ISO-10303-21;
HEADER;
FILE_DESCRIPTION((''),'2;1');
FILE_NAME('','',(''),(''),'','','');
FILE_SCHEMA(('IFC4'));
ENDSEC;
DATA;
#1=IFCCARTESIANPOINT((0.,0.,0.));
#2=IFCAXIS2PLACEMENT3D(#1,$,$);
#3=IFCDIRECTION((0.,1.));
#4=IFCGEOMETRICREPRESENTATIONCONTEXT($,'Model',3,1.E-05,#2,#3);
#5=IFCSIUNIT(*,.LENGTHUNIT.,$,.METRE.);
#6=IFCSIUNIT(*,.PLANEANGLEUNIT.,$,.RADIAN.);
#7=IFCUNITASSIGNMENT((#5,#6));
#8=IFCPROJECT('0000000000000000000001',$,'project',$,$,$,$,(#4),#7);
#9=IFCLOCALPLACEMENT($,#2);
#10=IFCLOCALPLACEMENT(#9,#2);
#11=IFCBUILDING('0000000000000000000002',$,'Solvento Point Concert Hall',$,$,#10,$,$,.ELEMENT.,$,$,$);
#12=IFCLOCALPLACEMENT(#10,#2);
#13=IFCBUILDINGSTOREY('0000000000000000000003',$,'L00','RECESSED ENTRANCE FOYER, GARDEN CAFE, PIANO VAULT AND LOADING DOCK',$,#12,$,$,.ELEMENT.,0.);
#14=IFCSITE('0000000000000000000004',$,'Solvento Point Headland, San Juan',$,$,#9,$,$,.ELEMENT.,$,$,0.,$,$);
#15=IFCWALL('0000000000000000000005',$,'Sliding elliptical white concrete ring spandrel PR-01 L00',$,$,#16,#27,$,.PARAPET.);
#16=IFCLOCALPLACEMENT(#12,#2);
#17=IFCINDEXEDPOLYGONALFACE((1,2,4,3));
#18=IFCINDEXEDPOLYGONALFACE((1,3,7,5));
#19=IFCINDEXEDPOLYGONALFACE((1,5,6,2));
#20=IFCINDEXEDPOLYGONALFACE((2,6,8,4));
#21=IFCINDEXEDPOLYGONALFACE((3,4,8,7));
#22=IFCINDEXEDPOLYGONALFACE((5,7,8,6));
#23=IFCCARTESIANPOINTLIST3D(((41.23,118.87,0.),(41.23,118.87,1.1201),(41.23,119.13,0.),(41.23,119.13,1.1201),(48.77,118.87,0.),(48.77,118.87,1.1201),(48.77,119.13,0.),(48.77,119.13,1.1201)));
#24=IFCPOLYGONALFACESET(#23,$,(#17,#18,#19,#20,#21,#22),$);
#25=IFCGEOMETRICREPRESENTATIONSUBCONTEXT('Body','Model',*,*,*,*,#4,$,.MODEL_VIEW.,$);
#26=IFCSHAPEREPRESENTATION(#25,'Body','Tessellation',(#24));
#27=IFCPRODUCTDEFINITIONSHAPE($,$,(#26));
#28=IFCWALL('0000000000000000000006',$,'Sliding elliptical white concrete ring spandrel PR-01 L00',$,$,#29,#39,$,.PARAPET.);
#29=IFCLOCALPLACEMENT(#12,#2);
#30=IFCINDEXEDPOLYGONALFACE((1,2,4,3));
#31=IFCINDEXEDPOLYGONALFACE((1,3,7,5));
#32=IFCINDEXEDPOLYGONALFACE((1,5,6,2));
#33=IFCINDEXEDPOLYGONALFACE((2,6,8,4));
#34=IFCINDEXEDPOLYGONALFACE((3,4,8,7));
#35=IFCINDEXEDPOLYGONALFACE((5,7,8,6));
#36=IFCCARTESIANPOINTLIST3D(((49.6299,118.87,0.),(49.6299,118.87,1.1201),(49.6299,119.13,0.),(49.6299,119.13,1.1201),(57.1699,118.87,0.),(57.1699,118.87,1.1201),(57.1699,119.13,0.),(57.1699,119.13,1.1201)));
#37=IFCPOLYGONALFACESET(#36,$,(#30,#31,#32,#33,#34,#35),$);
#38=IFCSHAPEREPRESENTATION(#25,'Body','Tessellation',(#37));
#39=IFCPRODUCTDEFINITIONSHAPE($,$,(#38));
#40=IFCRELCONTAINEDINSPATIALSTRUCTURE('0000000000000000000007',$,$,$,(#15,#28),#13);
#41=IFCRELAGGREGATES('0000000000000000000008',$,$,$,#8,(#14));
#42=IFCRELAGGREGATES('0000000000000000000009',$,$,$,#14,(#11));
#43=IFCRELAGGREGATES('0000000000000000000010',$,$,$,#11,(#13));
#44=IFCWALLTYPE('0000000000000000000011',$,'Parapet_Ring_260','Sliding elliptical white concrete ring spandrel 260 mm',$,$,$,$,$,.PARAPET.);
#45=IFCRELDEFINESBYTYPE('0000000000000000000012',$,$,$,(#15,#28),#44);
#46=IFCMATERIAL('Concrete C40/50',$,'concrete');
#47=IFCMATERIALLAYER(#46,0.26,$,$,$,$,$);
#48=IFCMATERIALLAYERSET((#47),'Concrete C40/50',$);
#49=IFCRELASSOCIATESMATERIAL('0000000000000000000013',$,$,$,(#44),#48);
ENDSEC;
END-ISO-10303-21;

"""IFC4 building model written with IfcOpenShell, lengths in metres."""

from ifc_helpers import new_model, si_unit, direction, frame, frame_2d, origin, place, context, subcontext, project, spatial, rectangle, extrude, material, layer, layer_set, type_object, element, save


model = new_model("IFC4")

# Units and contexts
model_context = context("Model", 3, precision=1e-05, world=origin(), true_north=direction((0.0, 1.0)))
body_context = subcontext(model_context, "Body", "Model", "MODEL_VIEW")
ifc_project = project(units=[si_unit("LENGTHUNIT", "METRE"), si_unit("PLANEANGLEUNIT", "RADIAN")], contexts=[model_context])

# Site, building, storey
site_placement = place(None, origin())
site = spatial("IfcSite", under=ifc_project, at=site_placement, Name="Solvento Point Headland, San Juan", CompositionType="ELEMENT", RefElevation=0.0)
building_placement = place(site_placement, origin())
building = spatial("IfcBuilding", under=site, at=building_placement, Name="Solvento Point Concert Hall", CompositionType="ELEMENT")
storey_placement = place(building_placement, origin())
storey = spatial("IfcBuildingStorey", under=building, at=storey_placement, Name="L00", Description="RECESSED ENTRANCE FOYER, GARDEN CAFE, PIANO VAULT AND LOADING DOCK", CompositionType="ELEMENT", Elevation=0.0)

# Walls
ifc_material_1 = material(Name="Concrete C40/50", Category="concrete")
ifc_layer = layer(ifc_material_1, 0.26)
ifc_layer_set = layer_set([ifc_layer], Name="Concrete C40/50")
wall_type = type_object("IfcWallType", Name="Parapet_Ring_260", Description="Sliding elliptical white concrete ring spandrel 260 mm", PredefinedType="PARAPET", material=ifc_layer_set)
for number, where, z_axis, x_axis, name in (
    (1, (48.77, 119.0, 0.0), (0.0, 0.0, 1.0), (-1.0, 0.0, 0.0), "Sliding elliptical white concrete ring spandrel PR-01 L00"),
    (2, (57.1699, 119.0, 0.0), (0.0, 0.0, 1.0), (-1.0, 0.0, 0.0), "Sliding elliptical white concrete ring spandrel PR-01 L00"),
):
    element("IfcWall", number, at=place(storey_placement, frame(where, z_axis=z_axis, x_axis=x_axis)), inside=storey, type_object=wall_type, Name=name, PredefinedType="PARAPET", context=body_context, shape_type="SweptSolid", body=[
        extrude(rectangle(XDim=7.54, YDim=0.26, at=frame_2d((3.77, 0.0))), origin(), (0.0, 0.0, 1.0), 1.1201),
    ])

save(model, "model.ifc")
